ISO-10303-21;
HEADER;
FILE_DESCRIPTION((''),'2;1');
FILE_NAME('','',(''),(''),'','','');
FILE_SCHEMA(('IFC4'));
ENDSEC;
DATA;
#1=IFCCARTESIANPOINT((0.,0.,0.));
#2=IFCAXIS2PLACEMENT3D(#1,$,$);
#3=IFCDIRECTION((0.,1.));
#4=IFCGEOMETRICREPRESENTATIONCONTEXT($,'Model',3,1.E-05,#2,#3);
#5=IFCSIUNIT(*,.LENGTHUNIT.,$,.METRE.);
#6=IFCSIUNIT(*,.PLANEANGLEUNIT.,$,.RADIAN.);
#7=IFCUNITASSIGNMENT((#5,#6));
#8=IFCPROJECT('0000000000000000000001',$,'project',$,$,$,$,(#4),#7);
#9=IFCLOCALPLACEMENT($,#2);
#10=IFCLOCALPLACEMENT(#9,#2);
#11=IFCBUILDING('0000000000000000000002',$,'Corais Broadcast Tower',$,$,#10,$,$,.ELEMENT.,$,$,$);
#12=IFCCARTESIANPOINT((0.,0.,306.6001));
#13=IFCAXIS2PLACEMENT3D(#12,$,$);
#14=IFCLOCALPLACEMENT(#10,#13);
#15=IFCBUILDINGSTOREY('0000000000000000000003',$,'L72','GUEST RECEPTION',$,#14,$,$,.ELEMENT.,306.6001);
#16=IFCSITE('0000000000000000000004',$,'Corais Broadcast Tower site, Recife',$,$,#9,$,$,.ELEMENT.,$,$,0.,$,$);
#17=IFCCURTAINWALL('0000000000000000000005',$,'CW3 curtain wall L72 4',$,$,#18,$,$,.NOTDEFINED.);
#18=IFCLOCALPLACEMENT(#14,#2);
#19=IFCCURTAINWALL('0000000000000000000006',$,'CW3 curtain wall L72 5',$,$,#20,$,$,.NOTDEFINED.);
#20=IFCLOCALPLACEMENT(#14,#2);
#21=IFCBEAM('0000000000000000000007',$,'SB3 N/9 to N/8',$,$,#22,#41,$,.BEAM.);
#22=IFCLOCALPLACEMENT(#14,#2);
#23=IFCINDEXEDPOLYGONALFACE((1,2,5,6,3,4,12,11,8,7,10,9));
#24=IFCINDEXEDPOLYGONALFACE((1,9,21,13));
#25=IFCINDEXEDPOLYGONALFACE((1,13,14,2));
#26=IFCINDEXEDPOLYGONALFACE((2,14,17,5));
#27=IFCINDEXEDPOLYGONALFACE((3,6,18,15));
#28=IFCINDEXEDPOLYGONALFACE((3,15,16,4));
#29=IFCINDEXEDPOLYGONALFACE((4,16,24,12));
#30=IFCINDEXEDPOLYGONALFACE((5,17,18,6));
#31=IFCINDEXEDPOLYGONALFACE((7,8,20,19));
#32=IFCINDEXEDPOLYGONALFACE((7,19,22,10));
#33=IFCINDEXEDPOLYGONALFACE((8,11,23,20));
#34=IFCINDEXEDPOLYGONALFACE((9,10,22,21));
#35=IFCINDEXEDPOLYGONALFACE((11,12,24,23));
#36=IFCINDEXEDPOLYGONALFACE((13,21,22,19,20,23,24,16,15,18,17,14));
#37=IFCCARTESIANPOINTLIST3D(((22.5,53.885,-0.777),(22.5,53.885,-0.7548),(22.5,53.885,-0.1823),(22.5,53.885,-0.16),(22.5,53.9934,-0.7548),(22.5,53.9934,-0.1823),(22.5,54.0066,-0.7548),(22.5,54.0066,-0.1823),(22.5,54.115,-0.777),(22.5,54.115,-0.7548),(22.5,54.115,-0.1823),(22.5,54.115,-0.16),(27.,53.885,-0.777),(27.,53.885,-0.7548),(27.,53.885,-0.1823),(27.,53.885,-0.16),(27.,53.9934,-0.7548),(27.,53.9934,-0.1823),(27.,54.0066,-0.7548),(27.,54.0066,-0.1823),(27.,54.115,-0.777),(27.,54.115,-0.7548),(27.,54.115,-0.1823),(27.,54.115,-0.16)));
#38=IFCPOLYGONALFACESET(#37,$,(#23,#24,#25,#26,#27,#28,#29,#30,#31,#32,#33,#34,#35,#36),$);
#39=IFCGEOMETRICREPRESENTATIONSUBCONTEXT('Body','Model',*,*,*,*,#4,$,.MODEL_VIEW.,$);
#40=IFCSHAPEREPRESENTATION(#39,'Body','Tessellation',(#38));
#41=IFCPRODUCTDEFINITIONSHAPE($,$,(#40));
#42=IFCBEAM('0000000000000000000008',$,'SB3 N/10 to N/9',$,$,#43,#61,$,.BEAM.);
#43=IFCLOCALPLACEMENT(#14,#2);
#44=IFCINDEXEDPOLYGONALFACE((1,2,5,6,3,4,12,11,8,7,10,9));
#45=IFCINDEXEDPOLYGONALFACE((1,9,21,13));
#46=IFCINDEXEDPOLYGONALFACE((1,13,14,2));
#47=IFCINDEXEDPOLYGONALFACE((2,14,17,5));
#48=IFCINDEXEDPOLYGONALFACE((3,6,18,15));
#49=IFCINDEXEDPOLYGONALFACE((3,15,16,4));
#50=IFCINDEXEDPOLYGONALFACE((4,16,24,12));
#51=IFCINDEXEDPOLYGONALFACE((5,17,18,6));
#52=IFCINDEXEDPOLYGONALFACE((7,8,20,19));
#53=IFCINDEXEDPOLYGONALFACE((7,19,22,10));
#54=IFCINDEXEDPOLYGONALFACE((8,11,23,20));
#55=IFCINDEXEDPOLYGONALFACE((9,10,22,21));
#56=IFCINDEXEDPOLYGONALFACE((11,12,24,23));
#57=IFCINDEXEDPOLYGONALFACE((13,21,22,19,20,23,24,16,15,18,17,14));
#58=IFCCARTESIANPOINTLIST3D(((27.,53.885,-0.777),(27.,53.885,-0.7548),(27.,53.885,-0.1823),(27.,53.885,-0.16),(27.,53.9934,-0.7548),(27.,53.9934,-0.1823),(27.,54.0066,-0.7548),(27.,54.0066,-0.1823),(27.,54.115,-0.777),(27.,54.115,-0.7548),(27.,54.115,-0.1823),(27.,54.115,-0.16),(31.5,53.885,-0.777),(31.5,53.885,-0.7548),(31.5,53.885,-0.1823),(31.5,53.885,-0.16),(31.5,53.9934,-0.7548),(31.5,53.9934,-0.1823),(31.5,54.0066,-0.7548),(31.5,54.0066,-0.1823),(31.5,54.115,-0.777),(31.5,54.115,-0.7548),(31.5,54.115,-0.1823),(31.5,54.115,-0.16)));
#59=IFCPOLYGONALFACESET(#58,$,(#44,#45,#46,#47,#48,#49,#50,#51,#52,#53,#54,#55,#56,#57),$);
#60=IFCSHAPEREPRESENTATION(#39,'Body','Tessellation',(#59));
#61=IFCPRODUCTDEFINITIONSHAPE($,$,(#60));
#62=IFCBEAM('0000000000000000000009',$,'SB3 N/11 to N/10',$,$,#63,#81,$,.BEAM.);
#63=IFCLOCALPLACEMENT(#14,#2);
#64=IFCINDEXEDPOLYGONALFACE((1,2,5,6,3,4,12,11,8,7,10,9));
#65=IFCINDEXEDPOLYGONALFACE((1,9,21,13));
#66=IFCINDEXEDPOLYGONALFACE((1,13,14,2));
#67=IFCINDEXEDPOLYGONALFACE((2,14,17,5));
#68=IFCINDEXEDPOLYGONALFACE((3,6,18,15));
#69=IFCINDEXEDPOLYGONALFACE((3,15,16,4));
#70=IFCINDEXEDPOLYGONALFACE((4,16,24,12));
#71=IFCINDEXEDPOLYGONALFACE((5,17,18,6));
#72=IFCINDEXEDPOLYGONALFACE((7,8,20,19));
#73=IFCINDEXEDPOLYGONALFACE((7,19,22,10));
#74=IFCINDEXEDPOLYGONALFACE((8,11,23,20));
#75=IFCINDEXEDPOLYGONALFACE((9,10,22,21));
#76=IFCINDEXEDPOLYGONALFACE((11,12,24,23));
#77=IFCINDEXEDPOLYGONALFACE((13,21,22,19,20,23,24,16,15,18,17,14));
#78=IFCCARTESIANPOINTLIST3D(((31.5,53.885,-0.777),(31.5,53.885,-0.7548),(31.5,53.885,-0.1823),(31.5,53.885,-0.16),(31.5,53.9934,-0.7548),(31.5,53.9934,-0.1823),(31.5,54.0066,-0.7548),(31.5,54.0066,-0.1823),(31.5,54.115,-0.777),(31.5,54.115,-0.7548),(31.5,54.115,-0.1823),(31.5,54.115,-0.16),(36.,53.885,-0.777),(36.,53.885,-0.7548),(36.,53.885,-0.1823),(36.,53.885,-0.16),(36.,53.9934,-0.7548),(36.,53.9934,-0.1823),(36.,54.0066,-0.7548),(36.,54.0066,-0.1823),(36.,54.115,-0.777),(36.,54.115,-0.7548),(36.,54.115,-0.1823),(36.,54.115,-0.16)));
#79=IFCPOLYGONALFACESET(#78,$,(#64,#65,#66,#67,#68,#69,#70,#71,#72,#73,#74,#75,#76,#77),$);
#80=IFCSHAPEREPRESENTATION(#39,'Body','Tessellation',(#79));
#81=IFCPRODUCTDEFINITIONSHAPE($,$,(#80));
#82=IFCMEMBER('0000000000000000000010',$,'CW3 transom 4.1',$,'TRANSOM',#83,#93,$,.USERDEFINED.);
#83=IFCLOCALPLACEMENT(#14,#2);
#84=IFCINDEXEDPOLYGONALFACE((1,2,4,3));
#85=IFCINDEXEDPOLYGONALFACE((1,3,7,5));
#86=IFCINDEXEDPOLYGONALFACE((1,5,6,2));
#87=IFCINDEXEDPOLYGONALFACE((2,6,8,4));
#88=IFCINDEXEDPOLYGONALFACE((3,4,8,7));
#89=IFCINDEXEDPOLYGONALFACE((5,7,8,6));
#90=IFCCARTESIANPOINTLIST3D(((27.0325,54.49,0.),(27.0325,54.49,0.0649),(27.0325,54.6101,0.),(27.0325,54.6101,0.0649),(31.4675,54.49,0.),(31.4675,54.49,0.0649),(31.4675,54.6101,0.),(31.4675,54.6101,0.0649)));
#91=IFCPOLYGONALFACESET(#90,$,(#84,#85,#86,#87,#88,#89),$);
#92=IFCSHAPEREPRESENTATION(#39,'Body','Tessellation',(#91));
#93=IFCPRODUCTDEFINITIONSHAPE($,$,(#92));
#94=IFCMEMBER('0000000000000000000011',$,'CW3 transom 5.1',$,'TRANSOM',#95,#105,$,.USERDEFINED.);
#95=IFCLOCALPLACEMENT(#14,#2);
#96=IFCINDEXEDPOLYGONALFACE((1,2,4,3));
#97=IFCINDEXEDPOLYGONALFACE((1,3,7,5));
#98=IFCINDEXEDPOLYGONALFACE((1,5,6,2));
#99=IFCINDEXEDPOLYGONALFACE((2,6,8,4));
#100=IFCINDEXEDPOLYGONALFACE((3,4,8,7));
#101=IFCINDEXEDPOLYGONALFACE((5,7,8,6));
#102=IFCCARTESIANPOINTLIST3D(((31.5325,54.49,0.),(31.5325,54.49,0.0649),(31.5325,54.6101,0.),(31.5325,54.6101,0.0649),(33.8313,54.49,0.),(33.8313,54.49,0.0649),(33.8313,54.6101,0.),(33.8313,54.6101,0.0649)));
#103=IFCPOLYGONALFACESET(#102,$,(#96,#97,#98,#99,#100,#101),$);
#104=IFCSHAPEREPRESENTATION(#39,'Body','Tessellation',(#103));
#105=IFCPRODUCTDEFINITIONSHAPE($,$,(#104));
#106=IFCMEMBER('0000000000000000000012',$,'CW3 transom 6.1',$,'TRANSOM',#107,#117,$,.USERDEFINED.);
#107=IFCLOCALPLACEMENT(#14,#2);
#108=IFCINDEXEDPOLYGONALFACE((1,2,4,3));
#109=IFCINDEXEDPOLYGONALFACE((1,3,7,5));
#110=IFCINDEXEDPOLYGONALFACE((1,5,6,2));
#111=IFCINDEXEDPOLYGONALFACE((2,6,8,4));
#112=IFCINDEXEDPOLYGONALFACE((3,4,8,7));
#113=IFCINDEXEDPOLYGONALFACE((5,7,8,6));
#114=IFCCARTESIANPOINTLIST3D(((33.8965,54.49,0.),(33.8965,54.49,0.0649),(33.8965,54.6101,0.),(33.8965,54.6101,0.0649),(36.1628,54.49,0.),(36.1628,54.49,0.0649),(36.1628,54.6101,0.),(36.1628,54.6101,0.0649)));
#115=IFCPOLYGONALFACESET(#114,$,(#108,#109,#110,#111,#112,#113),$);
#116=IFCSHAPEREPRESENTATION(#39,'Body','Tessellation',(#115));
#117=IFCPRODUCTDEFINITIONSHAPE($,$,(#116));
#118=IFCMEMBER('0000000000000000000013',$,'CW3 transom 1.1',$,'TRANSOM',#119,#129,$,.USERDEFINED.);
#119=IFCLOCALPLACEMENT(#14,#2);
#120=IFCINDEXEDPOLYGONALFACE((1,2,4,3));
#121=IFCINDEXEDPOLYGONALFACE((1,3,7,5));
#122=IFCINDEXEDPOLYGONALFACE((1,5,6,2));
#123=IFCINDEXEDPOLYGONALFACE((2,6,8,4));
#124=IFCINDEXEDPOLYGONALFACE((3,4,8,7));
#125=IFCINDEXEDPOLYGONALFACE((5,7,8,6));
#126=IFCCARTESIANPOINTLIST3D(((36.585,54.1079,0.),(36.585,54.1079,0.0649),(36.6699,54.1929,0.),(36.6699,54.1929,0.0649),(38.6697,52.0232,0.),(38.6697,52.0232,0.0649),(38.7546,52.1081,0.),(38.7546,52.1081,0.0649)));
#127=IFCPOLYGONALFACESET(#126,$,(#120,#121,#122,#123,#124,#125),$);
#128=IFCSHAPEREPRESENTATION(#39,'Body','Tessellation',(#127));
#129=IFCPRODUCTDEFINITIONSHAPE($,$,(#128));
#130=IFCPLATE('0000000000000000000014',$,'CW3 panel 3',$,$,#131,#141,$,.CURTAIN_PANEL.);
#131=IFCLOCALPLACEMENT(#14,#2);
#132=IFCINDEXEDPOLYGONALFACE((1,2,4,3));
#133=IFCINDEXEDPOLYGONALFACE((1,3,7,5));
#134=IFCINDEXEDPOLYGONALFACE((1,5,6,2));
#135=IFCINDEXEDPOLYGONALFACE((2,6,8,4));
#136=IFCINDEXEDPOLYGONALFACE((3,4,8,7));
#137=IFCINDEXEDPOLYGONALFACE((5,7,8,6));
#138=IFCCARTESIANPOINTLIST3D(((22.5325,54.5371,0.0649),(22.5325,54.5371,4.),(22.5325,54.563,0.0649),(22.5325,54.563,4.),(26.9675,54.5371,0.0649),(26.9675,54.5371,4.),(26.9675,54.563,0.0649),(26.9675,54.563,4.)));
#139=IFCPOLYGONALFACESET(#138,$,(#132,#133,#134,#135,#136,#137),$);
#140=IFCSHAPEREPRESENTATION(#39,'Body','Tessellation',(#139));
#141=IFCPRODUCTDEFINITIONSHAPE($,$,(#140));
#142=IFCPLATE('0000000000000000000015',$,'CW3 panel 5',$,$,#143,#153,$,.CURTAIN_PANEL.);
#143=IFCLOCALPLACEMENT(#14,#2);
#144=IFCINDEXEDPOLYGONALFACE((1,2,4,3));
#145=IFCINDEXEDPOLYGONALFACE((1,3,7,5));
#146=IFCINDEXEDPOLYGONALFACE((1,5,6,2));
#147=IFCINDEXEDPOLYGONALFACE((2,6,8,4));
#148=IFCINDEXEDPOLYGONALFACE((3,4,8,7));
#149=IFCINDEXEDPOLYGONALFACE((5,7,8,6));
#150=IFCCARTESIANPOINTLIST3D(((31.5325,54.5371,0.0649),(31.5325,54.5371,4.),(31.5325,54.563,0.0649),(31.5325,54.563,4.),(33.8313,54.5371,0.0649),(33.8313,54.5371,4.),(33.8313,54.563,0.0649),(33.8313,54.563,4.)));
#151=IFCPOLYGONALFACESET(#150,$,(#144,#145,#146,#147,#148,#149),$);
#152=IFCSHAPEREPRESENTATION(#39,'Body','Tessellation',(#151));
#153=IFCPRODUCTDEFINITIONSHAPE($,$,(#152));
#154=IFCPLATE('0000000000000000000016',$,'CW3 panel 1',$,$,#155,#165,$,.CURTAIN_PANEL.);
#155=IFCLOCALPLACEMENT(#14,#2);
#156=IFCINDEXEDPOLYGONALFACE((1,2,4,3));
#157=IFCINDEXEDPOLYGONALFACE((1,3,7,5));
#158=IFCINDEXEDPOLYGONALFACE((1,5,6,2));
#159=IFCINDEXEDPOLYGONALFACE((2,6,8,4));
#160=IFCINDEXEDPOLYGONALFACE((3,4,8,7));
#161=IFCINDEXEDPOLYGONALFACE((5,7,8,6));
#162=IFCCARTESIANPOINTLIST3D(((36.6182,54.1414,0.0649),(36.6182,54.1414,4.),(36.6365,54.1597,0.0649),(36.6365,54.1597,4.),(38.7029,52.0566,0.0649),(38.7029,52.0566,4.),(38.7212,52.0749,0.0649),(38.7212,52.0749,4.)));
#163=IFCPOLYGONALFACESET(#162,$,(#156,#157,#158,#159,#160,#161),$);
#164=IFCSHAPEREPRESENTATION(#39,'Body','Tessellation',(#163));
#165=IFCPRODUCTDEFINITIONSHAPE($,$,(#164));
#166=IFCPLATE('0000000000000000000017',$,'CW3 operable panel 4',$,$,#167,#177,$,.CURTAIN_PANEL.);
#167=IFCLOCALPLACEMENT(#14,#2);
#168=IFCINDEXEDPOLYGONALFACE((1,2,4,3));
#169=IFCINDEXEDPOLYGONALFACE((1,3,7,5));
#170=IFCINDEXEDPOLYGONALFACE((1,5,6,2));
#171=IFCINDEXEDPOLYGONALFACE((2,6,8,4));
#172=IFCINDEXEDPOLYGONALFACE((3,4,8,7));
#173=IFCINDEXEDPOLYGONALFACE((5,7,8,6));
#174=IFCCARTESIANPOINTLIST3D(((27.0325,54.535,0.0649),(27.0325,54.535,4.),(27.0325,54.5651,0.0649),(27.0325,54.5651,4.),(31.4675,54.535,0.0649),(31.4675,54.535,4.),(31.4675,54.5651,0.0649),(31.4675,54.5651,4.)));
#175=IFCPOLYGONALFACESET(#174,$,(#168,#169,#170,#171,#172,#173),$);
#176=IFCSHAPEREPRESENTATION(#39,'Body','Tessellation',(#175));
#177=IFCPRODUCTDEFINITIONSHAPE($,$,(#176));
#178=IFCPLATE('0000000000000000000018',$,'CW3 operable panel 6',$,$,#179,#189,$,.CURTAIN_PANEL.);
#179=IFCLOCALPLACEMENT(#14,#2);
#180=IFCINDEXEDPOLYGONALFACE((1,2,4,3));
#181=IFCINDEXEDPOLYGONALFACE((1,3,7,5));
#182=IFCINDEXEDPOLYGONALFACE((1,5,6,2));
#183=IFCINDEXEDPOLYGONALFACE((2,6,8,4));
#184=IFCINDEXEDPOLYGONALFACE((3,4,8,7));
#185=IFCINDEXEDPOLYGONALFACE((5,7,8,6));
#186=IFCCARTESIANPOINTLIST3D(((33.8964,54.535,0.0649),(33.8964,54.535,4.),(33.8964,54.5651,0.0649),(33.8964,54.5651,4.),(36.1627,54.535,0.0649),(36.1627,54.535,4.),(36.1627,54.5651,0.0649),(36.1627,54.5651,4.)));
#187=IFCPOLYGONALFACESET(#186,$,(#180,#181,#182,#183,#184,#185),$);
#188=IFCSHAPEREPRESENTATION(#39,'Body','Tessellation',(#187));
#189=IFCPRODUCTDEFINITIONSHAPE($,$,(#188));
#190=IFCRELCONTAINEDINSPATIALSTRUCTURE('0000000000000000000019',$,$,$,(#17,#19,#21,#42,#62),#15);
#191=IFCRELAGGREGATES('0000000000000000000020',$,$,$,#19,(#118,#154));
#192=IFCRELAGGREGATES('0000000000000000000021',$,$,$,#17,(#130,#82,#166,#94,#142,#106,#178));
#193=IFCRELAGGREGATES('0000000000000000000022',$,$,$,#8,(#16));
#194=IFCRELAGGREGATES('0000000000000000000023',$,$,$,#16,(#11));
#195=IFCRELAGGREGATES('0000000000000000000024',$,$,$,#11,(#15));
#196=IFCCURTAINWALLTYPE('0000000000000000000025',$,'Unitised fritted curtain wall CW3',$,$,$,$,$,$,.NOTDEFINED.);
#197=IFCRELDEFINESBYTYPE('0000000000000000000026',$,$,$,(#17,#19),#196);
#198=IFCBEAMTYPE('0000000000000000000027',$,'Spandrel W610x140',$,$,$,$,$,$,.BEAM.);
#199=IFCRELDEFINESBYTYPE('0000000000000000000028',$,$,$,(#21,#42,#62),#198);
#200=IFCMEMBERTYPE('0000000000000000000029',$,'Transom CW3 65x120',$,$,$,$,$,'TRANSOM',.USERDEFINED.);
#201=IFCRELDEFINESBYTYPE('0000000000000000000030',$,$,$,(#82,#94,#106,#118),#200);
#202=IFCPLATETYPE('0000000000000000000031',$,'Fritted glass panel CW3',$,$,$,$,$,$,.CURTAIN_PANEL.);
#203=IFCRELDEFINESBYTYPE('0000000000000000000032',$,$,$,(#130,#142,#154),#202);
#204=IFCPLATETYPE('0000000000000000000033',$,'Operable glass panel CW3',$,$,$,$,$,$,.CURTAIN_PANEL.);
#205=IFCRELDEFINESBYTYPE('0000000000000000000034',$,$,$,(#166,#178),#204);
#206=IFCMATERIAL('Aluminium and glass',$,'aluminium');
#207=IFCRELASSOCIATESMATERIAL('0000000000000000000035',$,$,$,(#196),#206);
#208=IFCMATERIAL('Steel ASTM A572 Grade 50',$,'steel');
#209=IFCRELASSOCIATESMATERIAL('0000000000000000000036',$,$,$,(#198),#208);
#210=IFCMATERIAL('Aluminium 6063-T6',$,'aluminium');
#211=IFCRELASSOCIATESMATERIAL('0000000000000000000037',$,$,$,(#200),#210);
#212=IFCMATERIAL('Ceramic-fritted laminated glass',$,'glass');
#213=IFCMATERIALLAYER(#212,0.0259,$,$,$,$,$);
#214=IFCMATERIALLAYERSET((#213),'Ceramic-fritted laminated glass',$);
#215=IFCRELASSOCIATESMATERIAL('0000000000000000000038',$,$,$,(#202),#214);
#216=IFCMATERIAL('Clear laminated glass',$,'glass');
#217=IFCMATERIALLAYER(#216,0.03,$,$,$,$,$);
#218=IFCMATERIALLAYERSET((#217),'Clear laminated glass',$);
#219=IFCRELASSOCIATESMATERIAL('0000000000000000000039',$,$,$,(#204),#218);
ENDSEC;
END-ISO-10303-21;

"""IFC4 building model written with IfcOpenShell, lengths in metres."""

from ifc_helpers import new_model, si_unit, direction, frame, origin, origin_2d, place, context, subcontext, project, spatial, rectangle, i_section, extrude, material, layer, layer_set, material_profile, profile_set, type_object, element, aggregate, save


model = new_model("IFC4")

# Units and contexts
model_context = context("Model", 3, precision=1e-05, world=origin(), true_north=direction((0.0, 1.0)))
body_context = subcontext(model_context, "Body", "Model", "MODEL_VIEW")
ifc_project = project(units=[si_unit("LENGTHUNIT", "METRE"), si_unit("PLANEANGLEUNIT", "RADIAN")], contexts=[model_context])

# Site, building, storey
site_placement = place(None, origin())
site = spatial("IfcSite", under=ifc_project, at=site_placement, Name="Corais Broadcast Tower site, Recife", CompositionType="ELEMENT", RefElevation=0.0)
building_placement = place(site_placement, origin())
building = spatial("IfcBuilding", under=site, at=building_placement, Name="Corais Broadcast Tower", CompositionType="ELEMENT")
storey_placement = place(building_placement, frame((0.0, 0.0, 306.6001)))
storey = spatial("IfcBuildingStorey", under=building, at=storey_placement, Name="L72", Description="GUEST RECEPTION", CompositionType="ELEMENT", Elevation=306.6001)

# Curtain walls
ifc_material_1 = material(Name="Aluminium and glass", Category="aluminium")
curtain_wall_type = type_object("IfcCurtainWallType", Name="Unitised fritted curtain wall CW3", PredefinedType="NOTDEFINED", material=ifc_material_1)
curtain_wall_1_placement = place(storey_placement, origin())
curtain_wall_1 = element("IfcCurtainWall", 1, at=curtain_wall_1_placement, inside=storey, type_object=curtain_wall_type, Name="CW3 curtain wall L72 4", PredefinedType="NOTDEFINED")
curtain_wall_2_placement = place(storey_placement, origin())
curtain_wall_2 = element("IfcCurtainWall", 2, at=curtain_wall_2_placement, inside=storey, type_object=curtain_wall_type, Name="CW3 curtain wall L72 5", PredefinedType="NOTDEFINED")

# Beams
ifc_material_2 = material(Name="Steel ASTM A572 Grade 50", Category="steel")
ifc_material_profile_1 = material_profile(ifc_material_2, i_section(OverallWidth=0.23, OverallDepth=0.6169, WebThickness=0.0132, FlangeThickness=0.0222, at=origin_2d()), Name="W610x140")
ifc_profile_set_1 = profile_set([ifc_material_profile_1], Name="Steel ASTM A572 Grade 50")
beam_type_1 = type_object("IfcBeamType", Name="Spandrel W610x140", PredefinedType="BEAM", material=ifc_profile_set_1)
for number, where, z_axis, x_axis, name in (
    (3, (27.0, 54.0, -0.4685), (-1.0, 0.0, 0.0), (0.0, -1.0, 0.0), "SB3 N/9 to N/8"),
    (4, (31.5, 54.0, -0.4685), (-1.0, 0.0, 0.0), (0.0, -1.0, 0.0), "SB3 N/10 to N/9"),
    (5, (36.0, 54.0, -0.4685), (-1.0, 0.0, 0.0), (0.0, -1.0, 0.0), "SB3 N/11 to N/10"),
):
    element("IfcBeam", number, at=place(storey_placement, frame(where, z_axis=z_axis, x_axis=x_axis)), inside=storey, type_object=beam_type_1, Name=name, PredefinedType="BEAM", context=body_context, shape_type="SweptSolid", body=[
        extrude(i_section(OverallWidth=0.23, OverallDepth=0.6169, WebThickness=0.0132, FlangeThickness=0.0222, at=origin_2d()), origin(), (0.0, 0.0, 1.0), 4.5),
    ])

# Members
ifc_material_3 = material(Name="Aluminium 6063-T6", Category="aluminium")
ifc_material_profile_2 = material_profile(ifc_material_3, rectangle(XDim=0.1201, YDim=0.0649, at=origin_2d()), Name="Transom CW3 65x120")
ifc_profile_set_2 = profile_set([ifc_material_profile_2], Name="Aluminium 6063-T6")
member_type_1 = type_object("IfcMemberType", Name="Transom CW3 65x120", ElementType="TRANSOM", PredefinedType="USERDEFINED", material=ifc_profile_set_2)
member_1_placement = place(storey_placement, frame((27.0325, 54.55, 0.0325), z_axis=(1.0, 0.0, 0.0), x_axis=(0.0, 1.0, 0.0)))
member_1 = element("IfcMember", 6, at=member_1_placement, type_object=member_type_1, Name="CW3 transom 4.1", ObjectType="TRANSOM", PredefinedType="USERDEFINED", context=body_context, shape_type="SweptSolid", body=[
    extrude(rectangle(XDim=0.1201, YDim=0.0649, at=origin_2d()), origin(), (0.0, 0.0, 1.0), 4.4351),
])
member_2_placement = place(storey_placement, frame((31.5325, 54.55, 0.0325), z_axis=(1.0, 0.0, 0.0), x_axis=(0.0, 1.0, 0.0)))
member_2 = element("IfcMember", 7, at=member_2_placement, type_object=member_type_1, Name="CW3 transom 5.1", ObjectType="TRANSOM", PredefinedType="USERDEFINED", context=body_context, shape_type="SweptSolid", body=[
    extrude(rectangle(XDim=0.1201, YDim=0.0649, at=origin_2d()), origin(), (0.0, 0.0, 1.0), 2.2988),
])
member_3_placement = place(storey_placement, frame((33.8965, 54.55, 0.0325), z_axis=(1.0, 0.0, 0.0), x_axis=(0.0, 1.0, 0.0)))
member_3 = element("IfcMember", 8, at=member_3_placement, type_object=member_type_1, Name="CW3 transom 6.1", ObjectType="TRANSOM", PredefinedType="USERDEFINED", context=body_context, shape_type="SweptSolid", body=[
    extrude(rectangle(XDim=0.1201, YDim=0.0649, at=origin_2d()), origin(), (0.0, 0.0, 1.0), 2.2664),
])
member_4_placement = place(storey_placement, frame((36.6274, 54.1504, 0.0325), z_axis=(0.707107, -0.707107, 0.0), x_axis=(0.707107, 0.707107, 0.0)))
member_4 = element("IfcMember", 9, at=member_4_placement, type_object=member_type_1, Name="CW3 transom 1.1", ObjectType="TRANSOM", PredefinedType="USERDEFINED", context=body_context, shape_type="SweptSolid", body=[
    extrude(rectangle(XDim=0.1201, YDim=0.0649, at=origin_2d()), origin(), (0.0, 0.0, 1.0), 2.9482),
])

# Plates
ifc_material_4 = material(Name="Ceramic-fritted laminated glass", Category="glass")
ifc_layer_1 = layer(ifc_material_4, 0.0259)
ifc_layer_set_1 = layer_set([ifc_layer_1], Name="Ceramic-fritted laminated glass")
plate_type_1 = type_object("IfcPlateType", Name="Fritted glass panel CW3", PredefinedType="CURTAIN_PANEL", material=ifc_layer_set_1)
plate_1_placement = place(storey_placement, frame((24.75, 54.55, 0.0649), z_axis=(0.0, 0.0, 1.0), x_axis=(1.0, 0.0, 0.0)))
plate_1 = element("IfcPlate", 10, at=plate_1_placement, type_object=plate_type_1, Name="CW3 panel 3", PredefinedType="CURTAIN_PANEL", context=body_context, shape_type="SweptSolid", body=[
    extrude(rectangle(XDim=4.4351, YDim=0.0259, at=origin_2d()), origin(), (0.0, 0.0, 1.0), 3.9351),
])
plate_2_placement = place(storey_placement, frame((32.6819, 54.55, 0.0649), z_axis=(0.0, 0.0, 1.0), x_axis=(1.0, 0.0, 0.0)))
plate_2 = element("IfcPlate", 11, at=plate_2_placement, type_object=plate_type_1, Name="CW3 panel 5", PredefinedType="CURTAIN_PANEL", context=body_context, shape_type="SweptSolid", body=[
    extrude(rectangle(XDim=2.2988, YDim=0.0259, at=origin_2d()), origin(), (0.0, 0.0, 1.0), 3.9351),
])
plate_3_placement = place(storey_placement, frame((37.6697, 53.1082, 0.0649), z_axis=(0.0, 0.0, 1.0), x_axis=(0.707107, -0.707107, 0.0)))
plate_3 = element("IfcPlate", 12, at=plate_3_placement, type_object=plate_type_1, Name="CW3 panel 1", PredefinedType="CURTAIN_PANEL", context=body_context, shape_type="SweptSolid", body=[
    extrude(rectangle(XDim=2.9482, YDim=0.0259, at=origin_2d()), origin(), (0.0, 0.0, 1.0), 3.9351),
])
aggregate(curtain_wall_2, [member_4, plate_3])
ifc_material_5 = material(Name="Clear laminated glass", Category="glass")
ifc_layer_2 = layer(ifc_material_5, 0.03)
ifc_layer_set_2 = layer_set([ifc_layer_2], Name="Clear laminated glass")
plate_type_2 = type_object("IfcPlateType", Name="Operable glass panel CW3", PredefinedType="CURTAIN_PANEL", material=ifc_layer_set_2)
plate_4_placement = place(storey_placement, frame((29.25, 54.55, 0.0649), z_axis=(0.0, 0.0, 1.0), x_axis=(1.0, 0.0, 0.0)))
plate_4 = element("IfcPlate", 13, at=plate_4_placement, type_object=plate_type_2, Name="CW3 operable panel 4", PredefinedType="CURTAIN_PANEL", context=body_context, shape_type="SweptSolid", body=[
    extrude(rectangle(XDim=4.4351, YDim=0.03, at=origin_2d()), origin(), (0.0, 0.0, 1.0), 3.9351),
])
plate_5_placement = place(storey_placement, frame((35.0295, 54.55, 0.0649), z_axis=(0.0, 0.0, 1.0), x_axis=(1.0, 0.0, 0.0)))
plate_5 = element("IfcPlate", 14, at=plate_5_placement, type_object=plate_type_2, Name="CW3 operable panel 6", PredefinedType="CURTAIN_PANEL", context=body_context, shape_type="SweptSolid", body=[
    extrude(rectangle(XDim=2.2664, YDim=0.03, at=origin_2d()), origin(), (0.0, 0.0, 1.0), 3.9351),
])
aggregate(curtain_wall_1, [plate_1, member_1, plate_4, member_2, plate_2, member_3, plate_5])

save(model, "model.ifc")
